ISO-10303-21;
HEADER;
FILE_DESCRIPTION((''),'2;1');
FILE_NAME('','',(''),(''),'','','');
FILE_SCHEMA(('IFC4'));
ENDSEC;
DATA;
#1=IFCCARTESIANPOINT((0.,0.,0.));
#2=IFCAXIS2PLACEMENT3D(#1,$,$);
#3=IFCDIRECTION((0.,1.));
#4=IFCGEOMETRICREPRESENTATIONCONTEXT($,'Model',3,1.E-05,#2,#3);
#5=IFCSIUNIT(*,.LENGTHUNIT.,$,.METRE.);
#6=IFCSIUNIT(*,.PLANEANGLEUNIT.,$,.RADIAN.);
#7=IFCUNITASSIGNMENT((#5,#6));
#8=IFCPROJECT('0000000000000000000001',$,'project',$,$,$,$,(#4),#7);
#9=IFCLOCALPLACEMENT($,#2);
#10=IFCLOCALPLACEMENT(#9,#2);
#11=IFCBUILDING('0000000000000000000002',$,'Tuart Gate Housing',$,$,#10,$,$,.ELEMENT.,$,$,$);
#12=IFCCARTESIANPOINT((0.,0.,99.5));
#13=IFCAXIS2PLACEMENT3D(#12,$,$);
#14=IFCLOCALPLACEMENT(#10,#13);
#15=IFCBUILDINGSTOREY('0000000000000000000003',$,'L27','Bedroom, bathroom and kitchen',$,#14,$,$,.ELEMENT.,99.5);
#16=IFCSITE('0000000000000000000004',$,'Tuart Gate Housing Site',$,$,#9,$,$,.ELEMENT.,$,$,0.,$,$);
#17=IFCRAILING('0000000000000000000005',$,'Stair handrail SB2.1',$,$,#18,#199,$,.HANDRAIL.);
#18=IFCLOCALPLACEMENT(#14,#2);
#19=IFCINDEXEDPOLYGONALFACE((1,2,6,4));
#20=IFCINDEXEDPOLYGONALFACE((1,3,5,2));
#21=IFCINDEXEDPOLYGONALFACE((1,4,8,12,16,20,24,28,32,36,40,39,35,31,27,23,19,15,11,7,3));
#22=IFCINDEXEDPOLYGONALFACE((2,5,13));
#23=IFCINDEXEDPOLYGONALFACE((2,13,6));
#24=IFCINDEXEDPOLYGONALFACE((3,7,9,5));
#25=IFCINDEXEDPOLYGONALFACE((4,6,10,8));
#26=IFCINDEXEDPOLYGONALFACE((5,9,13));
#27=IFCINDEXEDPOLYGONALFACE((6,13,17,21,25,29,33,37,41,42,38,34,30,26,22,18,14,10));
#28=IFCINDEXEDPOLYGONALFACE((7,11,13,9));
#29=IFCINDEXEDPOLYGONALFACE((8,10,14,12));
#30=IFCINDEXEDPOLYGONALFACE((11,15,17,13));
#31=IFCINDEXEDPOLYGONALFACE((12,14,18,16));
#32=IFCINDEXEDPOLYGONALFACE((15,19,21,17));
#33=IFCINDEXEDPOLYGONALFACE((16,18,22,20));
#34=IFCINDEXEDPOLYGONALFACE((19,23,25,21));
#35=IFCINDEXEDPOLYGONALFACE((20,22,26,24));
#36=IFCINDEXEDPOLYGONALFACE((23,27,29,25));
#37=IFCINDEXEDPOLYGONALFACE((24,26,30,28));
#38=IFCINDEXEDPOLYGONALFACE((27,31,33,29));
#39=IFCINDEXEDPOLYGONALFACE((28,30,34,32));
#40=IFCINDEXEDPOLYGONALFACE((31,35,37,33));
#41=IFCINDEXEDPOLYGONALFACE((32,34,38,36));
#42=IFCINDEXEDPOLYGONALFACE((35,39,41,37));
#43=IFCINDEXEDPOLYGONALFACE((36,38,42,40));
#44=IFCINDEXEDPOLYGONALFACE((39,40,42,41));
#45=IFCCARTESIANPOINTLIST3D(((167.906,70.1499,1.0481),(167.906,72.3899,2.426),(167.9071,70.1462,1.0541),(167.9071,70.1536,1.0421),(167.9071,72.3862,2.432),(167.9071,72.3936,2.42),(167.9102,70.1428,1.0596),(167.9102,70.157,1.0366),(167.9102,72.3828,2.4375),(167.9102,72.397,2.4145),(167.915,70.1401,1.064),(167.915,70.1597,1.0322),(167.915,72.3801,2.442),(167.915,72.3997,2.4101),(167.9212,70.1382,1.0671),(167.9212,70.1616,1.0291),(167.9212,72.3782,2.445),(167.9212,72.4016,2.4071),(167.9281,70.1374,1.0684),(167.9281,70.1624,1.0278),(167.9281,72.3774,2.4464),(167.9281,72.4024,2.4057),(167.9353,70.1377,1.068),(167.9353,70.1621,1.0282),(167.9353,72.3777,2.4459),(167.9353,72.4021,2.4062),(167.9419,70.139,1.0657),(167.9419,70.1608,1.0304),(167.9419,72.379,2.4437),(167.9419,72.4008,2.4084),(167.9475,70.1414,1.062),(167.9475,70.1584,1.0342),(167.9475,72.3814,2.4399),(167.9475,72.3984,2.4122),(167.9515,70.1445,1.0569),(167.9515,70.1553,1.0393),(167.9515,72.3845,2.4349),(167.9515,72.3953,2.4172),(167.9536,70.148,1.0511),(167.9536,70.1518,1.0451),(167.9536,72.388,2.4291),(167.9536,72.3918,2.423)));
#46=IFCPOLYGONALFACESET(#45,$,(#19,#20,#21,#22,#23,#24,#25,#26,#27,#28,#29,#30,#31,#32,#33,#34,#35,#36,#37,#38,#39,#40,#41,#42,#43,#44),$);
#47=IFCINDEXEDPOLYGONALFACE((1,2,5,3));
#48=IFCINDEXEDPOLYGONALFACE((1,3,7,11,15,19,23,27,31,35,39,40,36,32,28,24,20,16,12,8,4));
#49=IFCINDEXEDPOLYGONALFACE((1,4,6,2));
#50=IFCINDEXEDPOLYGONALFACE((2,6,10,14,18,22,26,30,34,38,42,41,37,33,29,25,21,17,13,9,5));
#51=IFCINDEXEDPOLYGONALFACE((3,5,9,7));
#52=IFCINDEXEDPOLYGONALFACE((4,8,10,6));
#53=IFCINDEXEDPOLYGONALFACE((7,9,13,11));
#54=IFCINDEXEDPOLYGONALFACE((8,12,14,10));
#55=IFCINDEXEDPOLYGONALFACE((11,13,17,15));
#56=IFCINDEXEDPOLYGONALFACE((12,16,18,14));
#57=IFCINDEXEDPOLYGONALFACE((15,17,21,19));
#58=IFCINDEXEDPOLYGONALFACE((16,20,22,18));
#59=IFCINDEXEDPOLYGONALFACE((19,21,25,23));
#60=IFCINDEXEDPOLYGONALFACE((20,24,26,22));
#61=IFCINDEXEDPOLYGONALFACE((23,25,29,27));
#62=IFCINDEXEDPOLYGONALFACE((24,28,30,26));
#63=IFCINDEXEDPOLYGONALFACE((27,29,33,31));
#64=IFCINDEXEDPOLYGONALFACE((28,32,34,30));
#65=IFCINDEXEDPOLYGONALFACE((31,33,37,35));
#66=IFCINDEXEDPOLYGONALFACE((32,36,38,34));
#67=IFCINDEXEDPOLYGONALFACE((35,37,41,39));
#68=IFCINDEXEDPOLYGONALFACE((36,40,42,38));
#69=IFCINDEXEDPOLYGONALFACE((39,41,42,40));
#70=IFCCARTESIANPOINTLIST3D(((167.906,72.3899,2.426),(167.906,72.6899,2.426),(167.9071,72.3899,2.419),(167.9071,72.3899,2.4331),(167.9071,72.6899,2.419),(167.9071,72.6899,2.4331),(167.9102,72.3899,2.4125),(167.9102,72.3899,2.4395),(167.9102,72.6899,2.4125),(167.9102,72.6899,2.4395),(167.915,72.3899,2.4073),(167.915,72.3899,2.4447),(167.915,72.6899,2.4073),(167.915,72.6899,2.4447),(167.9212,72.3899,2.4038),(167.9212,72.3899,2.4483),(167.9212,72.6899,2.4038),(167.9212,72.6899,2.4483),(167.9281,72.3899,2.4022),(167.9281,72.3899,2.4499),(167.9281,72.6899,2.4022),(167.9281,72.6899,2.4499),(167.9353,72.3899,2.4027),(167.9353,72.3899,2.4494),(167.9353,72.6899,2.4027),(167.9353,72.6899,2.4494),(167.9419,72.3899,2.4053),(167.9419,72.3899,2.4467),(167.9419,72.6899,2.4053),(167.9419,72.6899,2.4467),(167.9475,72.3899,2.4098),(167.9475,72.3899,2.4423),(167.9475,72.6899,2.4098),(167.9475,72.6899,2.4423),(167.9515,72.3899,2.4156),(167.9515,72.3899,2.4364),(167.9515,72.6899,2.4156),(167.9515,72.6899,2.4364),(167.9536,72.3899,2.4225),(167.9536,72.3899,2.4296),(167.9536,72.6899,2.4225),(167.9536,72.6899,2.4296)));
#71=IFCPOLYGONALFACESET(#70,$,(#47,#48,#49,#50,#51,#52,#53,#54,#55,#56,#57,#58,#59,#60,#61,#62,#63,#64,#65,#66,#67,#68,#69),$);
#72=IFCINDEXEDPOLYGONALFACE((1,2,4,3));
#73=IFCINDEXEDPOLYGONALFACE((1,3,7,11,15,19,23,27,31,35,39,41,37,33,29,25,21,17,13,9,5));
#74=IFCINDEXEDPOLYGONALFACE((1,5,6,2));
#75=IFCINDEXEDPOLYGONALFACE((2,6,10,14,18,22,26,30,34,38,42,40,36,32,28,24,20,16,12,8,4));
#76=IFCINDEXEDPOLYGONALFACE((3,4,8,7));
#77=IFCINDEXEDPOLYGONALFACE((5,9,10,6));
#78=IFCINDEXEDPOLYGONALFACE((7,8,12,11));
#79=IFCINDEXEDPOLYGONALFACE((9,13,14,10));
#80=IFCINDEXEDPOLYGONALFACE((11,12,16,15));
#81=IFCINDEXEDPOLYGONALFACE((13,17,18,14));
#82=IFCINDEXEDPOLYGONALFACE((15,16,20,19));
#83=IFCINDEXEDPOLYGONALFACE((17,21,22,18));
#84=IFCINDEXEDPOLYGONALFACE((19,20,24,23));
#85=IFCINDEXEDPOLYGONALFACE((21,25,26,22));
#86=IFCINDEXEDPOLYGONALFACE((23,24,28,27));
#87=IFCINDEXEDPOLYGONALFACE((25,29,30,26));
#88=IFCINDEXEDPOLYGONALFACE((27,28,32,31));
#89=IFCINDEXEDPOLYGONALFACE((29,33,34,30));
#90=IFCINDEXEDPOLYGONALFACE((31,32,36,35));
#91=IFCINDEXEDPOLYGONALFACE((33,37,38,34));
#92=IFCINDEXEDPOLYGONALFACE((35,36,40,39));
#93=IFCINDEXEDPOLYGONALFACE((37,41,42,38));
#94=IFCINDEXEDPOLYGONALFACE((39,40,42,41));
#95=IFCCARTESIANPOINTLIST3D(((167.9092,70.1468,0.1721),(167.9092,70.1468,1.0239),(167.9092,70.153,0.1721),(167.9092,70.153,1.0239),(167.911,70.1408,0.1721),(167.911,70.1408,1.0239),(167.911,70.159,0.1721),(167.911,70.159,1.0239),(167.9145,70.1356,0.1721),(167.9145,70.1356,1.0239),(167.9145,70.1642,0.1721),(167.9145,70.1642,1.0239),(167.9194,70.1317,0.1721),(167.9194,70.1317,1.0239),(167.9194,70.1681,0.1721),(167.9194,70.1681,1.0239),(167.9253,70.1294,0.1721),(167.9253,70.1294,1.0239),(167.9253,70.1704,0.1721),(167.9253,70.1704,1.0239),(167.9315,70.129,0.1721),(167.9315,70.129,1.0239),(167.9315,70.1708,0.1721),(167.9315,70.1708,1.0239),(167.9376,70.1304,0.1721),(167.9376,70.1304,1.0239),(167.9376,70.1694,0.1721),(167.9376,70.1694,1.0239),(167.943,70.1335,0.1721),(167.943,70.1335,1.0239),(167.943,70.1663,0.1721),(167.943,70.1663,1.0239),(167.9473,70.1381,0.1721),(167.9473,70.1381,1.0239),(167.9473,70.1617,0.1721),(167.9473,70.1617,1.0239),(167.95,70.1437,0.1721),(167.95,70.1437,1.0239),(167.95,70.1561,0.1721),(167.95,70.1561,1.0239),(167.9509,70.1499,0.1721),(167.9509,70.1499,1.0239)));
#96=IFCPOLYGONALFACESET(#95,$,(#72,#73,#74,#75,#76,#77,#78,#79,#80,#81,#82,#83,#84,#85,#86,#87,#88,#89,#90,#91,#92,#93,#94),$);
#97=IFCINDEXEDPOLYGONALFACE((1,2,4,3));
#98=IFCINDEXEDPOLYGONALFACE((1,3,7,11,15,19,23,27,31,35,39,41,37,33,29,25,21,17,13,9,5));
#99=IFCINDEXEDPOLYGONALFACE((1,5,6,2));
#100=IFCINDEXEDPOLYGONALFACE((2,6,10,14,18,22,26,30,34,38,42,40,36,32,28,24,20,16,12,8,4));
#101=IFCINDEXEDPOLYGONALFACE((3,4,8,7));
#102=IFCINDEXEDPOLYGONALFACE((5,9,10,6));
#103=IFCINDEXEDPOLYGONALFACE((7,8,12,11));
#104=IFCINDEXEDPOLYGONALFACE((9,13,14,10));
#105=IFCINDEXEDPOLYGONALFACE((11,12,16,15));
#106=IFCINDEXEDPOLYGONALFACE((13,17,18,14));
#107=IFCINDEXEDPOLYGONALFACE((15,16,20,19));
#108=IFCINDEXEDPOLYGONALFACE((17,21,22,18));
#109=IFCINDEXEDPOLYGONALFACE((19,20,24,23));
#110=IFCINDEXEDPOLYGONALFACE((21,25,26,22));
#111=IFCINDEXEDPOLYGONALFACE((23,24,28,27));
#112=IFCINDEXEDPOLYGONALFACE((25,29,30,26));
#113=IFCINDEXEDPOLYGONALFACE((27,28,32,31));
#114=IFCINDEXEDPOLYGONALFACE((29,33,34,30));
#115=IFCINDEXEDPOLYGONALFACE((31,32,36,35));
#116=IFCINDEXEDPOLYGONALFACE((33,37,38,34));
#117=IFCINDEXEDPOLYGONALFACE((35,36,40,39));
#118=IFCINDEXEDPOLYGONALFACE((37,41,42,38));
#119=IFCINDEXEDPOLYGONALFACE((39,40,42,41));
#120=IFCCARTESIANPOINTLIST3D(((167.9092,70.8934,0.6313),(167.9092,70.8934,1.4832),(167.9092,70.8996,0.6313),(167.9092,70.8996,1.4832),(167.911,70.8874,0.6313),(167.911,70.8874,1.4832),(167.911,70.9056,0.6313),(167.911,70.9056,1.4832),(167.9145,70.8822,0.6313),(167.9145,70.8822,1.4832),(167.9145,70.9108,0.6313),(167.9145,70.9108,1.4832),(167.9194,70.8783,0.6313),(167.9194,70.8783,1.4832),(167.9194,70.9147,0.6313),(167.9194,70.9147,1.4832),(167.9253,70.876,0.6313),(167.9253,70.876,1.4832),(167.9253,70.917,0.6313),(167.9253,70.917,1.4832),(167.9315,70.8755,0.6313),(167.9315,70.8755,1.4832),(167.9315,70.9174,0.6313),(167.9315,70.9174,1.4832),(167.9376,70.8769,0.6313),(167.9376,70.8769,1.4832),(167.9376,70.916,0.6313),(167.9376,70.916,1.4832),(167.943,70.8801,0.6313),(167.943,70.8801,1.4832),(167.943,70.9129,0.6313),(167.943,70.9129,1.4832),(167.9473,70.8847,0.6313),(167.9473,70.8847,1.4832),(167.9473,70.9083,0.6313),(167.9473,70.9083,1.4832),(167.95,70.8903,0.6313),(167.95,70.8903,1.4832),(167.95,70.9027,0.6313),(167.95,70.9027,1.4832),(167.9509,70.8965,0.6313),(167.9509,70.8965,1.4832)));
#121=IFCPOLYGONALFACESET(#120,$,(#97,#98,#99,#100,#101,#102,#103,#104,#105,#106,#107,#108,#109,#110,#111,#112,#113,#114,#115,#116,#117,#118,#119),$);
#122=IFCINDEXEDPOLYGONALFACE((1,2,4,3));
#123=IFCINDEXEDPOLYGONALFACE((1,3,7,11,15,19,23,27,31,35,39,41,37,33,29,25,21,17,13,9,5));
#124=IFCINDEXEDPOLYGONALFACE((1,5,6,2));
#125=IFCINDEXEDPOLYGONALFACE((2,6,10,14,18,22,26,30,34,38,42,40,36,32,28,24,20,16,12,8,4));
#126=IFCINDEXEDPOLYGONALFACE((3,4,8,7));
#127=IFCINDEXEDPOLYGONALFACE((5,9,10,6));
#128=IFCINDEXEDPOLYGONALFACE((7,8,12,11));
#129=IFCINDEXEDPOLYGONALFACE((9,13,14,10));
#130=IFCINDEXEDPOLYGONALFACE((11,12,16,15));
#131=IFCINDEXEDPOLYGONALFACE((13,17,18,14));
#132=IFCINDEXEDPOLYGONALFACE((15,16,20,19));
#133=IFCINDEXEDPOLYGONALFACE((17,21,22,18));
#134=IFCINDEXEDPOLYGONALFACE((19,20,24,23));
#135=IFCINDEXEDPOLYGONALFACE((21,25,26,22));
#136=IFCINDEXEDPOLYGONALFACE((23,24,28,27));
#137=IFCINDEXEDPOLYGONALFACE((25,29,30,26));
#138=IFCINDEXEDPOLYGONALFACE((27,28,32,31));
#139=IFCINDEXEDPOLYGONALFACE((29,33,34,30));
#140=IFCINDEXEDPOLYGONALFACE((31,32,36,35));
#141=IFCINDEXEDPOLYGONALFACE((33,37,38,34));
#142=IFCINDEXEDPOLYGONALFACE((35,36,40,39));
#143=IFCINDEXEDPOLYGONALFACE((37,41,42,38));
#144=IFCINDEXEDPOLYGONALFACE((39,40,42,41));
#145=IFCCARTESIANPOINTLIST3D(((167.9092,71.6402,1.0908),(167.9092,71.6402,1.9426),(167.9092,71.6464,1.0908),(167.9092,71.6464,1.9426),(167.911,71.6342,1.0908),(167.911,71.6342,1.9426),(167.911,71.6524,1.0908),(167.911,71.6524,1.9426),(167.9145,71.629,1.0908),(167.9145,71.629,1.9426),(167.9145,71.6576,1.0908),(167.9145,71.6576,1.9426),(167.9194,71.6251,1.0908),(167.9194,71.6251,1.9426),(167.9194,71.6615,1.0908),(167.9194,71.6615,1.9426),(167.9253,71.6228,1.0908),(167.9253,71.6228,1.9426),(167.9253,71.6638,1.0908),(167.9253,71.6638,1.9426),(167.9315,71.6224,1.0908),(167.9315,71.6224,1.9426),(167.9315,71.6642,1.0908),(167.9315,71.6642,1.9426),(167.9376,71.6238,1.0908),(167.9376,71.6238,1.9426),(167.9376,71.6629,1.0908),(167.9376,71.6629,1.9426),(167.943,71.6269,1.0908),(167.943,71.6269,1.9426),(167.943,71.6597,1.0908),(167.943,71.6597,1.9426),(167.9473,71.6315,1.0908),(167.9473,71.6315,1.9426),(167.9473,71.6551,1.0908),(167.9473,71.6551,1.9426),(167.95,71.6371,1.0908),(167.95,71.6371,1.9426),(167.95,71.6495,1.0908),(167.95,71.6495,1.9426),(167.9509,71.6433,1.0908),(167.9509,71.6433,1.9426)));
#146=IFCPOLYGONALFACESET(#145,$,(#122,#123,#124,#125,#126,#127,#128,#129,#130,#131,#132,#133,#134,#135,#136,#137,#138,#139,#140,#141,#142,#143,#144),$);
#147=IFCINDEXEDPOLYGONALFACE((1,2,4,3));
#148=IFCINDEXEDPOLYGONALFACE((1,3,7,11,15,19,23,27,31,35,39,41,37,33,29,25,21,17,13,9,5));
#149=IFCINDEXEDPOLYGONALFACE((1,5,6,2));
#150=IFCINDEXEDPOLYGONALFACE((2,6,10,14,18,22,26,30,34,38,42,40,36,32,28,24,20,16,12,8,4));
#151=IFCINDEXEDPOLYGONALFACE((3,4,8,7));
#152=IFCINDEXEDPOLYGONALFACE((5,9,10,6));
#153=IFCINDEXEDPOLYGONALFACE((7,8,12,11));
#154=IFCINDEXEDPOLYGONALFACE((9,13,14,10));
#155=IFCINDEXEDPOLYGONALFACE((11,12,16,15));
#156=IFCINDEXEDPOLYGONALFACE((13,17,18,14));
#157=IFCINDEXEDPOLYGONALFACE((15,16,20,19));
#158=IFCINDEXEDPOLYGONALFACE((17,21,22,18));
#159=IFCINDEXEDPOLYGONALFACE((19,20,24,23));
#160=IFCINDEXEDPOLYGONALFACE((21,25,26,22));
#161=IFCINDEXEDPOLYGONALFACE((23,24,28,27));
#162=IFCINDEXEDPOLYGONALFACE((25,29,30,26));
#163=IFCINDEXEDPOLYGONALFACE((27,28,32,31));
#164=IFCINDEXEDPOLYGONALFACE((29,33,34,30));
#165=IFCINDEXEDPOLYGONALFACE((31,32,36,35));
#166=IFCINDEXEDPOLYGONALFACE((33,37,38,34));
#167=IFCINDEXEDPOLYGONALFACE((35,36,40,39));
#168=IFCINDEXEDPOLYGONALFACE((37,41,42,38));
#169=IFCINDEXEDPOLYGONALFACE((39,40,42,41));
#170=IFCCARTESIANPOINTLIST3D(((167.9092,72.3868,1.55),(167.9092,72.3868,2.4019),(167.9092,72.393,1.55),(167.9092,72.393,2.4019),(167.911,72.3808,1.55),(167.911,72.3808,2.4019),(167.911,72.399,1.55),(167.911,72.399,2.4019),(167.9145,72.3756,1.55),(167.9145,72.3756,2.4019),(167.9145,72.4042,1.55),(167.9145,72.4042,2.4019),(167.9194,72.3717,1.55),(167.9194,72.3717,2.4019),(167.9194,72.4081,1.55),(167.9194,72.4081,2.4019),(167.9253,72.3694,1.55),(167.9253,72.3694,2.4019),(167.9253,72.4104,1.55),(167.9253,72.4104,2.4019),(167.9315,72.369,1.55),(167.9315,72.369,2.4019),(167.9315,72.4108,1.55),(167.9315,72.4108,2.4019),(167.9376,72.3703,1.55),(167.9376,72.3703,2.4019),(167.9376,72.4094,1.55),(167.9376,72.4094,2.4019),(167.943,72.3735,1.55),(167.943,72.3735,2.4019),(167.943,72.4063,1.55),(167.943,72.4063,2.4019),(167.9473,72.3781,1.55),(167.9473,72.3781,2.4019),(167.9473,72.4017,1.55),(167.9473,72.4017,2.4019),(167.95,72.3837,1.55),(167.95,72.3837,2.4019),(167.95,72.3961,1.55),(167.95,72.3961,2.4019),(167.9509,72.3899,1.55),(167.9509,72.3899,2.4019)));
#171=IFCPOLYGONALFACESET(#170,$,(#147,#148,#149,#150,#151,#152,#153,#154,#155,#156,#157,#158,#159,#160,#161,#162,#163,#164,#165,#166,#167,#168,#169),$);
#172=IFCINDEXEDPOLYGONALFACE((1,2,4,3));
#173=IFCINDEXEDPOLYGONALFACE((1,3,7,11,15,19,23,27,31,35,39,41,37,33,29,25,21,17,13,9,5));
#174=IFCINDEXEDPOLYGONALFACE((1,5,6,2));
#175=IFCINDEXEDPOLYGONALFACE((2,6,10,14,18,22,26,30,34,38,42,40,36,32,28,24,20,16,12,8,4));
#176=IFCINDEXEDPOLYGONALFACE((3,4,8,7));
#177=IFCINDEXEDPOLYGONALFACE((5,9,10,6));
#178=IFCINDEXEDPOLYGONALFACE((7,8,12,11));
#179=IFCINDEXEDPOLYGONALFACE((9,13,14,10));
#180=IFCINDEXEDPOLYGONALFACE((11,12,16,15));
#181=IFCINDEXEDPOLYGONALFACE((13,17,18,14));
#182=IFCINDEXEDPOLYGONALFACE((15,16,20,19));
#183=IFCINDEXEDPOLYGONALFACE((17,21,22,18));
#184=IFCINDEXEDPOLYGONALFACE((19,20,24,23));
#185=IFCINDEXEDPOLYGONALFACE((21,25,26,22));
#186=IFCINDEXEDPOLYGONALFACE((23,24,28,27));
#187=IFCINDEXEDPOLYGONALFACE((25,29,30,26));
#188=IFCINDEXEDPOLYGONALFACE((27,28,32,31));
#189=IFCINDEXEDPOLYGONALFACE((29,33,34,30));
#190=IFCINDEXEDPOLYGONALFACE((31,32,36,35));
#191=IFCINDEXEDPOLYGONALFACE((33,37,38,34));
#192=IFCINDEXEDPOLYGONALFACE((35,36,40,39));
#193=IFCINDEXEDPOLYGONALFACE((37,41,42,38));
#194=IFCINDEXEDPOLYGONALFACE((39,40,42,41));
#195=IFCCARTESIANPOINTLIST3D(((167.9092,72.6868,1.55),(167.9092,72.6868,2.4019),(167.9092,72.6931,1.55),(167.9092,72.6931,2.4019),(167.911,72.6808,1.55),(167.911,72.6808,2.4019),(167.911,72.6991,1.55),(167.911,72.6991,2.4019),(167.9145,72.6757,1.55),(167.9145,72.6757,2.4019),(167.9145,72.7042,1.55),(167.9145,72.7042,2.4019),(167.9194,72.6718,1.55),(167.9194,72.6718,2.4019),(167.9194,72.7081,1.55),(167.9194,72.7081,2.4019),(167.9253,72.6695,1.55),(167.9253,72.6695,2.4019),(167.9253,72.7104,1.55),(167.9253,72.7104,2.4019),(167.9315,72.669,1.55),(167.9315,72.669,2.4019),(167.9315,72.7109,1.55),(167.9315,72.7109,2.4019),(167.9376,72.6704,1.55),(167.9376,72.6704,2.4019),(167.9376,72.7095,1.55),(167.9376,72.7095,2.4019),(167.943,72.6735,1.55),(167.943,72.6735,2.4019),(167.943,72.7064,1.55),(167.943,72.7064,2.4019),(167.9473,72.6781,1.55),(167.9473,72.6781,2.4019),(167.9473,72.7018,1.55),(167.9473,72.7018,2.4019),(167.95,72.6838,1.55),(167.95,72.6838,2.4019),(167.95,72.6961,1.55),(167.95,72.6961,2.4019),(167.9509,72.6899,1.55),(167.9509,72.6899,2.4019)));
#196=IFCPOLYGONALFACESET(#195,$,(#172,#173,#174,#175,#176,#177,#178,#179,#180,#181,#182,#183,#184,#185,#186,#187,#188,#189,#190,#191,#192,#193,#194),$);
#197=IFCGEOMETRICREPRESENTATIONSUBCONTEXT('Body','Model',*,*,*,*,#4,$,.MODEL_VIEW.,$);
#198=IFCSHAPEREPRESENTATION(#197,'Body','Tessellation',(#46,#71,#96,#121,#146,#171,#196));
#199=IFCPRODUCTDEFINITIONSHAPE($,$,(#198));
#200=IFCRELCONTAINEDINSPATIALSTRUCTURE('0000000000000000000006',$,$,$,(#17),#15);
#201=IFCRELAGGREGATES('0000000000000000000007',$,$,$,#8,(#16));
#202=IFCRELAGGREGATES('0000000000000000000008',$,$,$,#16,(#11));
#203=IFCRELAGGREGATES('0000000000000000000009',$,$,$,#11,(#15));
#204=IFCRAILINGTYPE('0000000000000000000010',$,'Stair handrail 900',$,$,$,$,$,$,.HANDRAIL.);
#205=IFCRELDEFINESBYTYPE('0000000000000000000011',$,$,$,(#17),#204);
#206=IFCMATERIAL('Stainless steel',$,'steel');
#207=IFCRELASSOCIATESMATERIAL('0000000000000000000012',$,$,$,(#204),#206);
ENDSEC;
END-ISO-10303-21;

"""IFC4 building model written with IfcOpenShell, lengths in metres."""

from ifc_helpers import new_model, si_unit, direction, frame, origin, origin_2d, place, context, subcontext, project, spatial, circle, extrude, material, type_object, element, save


model = new_model("IFC4")

# Units and contexts
model_context = context("Model", 3, precision=1e-05, world=origin(), true_north=direction((0.0, 1.0)))
body_context = subcontext(model_context, "Body", "Model", "MODEL_VIEW")
ifc_project = project(units=[si_unit("LENGTHUNIT", "METRE"), si_unit("PLANEANGLEUNIT", "RADIAN")], contexts=[model_context])

# Site, building, storey
site_placement = place(None, origin())
site = spatial("IfcSite", under=ifc_project, at=site_placement, Name="Tuart Gate Housing Site", CompositionType="ELEMENT", RefElevation=0.0)
building_placement = place(site_placement, origin())
building = spatial("IfcBuilding", under=site, at=building_placement, Name="Tuart Gate Housing", CompositionType="ELEMENT")
storey_placement = place(building_placement, frame((0.0, 0.0, 99.5)))
storey = spatial("IfcBuildingStorey", under=building, at=storey_placement, Name="L27", Description="Bedroom, bathroom and kitchen", CompositionType="ELEMENT", Elevation=99.5)

# Railing
ifc_material_1 = material(Name="Stainless steel", Category="steel")
railing_type = type_object("IfcRailingType", Name="Stair handrail 900", PredefinedType="HANDRAIL", material=ifc_material_1)
railing_placement = place(storey_placement, frame((167.9299, 70.1499, 0.1721)))
element("IfcRailing", 1, at=railing_placement, inside=storey, type_object=railing_type, Name="Stair handrail SB2.1", PredefinedType="HANDRAIL", context=body_context, shape_type="SweptSolid", body=[
    extrude(circle(Radius=0.0239, at=origin_2d()), frame((0.0, 0.0, 0.876), z_axis=(0.0, 0.851748, 0.523952), x_axis=(-1.0, 0.0, 0.0)), (0.0, 0.0, 1.0), 2.6299),
    extrude(circle(Radius=0.0239, at=origin_2d()), frame((0.0, 2.24, 2.2539), z_axis=(0.0, 1.0, 0.0), x_axis=(-1.0, 0.0, 0.0)), (0.0, 0.0, 1.0), 0.3),
    extrude(circle(Radius=0.021, at=origin_2d()), origin(), (0.0, 0.0, 1.0), 0.8518),
    extrude(circle(Radius=0.021, at=origin_2d()), frame((0.0, 0.7466, 0.4592)), (0.0, 0.0, 1.0), 0.8518),
    extrude(circle(Radius=0.021, at=origin_2d()), frame((0.0, 1.4934, 0.9187)), (0.0, 0.0, 1.0), 0.8518),
    extrude(circle(Radius=0.021, at=origin_2d()), frame((0.0, 2.24, 1.3779)), (0.0, 0.0, 1.0), 0.8518),
    extrude(circle(Radius=0.021, at=origin_2d()), frame((0.0, 2.54, 1.3779)), (0.0, 0.0, 1.0), 0.8518),
])

save(model, "model.ifc")
